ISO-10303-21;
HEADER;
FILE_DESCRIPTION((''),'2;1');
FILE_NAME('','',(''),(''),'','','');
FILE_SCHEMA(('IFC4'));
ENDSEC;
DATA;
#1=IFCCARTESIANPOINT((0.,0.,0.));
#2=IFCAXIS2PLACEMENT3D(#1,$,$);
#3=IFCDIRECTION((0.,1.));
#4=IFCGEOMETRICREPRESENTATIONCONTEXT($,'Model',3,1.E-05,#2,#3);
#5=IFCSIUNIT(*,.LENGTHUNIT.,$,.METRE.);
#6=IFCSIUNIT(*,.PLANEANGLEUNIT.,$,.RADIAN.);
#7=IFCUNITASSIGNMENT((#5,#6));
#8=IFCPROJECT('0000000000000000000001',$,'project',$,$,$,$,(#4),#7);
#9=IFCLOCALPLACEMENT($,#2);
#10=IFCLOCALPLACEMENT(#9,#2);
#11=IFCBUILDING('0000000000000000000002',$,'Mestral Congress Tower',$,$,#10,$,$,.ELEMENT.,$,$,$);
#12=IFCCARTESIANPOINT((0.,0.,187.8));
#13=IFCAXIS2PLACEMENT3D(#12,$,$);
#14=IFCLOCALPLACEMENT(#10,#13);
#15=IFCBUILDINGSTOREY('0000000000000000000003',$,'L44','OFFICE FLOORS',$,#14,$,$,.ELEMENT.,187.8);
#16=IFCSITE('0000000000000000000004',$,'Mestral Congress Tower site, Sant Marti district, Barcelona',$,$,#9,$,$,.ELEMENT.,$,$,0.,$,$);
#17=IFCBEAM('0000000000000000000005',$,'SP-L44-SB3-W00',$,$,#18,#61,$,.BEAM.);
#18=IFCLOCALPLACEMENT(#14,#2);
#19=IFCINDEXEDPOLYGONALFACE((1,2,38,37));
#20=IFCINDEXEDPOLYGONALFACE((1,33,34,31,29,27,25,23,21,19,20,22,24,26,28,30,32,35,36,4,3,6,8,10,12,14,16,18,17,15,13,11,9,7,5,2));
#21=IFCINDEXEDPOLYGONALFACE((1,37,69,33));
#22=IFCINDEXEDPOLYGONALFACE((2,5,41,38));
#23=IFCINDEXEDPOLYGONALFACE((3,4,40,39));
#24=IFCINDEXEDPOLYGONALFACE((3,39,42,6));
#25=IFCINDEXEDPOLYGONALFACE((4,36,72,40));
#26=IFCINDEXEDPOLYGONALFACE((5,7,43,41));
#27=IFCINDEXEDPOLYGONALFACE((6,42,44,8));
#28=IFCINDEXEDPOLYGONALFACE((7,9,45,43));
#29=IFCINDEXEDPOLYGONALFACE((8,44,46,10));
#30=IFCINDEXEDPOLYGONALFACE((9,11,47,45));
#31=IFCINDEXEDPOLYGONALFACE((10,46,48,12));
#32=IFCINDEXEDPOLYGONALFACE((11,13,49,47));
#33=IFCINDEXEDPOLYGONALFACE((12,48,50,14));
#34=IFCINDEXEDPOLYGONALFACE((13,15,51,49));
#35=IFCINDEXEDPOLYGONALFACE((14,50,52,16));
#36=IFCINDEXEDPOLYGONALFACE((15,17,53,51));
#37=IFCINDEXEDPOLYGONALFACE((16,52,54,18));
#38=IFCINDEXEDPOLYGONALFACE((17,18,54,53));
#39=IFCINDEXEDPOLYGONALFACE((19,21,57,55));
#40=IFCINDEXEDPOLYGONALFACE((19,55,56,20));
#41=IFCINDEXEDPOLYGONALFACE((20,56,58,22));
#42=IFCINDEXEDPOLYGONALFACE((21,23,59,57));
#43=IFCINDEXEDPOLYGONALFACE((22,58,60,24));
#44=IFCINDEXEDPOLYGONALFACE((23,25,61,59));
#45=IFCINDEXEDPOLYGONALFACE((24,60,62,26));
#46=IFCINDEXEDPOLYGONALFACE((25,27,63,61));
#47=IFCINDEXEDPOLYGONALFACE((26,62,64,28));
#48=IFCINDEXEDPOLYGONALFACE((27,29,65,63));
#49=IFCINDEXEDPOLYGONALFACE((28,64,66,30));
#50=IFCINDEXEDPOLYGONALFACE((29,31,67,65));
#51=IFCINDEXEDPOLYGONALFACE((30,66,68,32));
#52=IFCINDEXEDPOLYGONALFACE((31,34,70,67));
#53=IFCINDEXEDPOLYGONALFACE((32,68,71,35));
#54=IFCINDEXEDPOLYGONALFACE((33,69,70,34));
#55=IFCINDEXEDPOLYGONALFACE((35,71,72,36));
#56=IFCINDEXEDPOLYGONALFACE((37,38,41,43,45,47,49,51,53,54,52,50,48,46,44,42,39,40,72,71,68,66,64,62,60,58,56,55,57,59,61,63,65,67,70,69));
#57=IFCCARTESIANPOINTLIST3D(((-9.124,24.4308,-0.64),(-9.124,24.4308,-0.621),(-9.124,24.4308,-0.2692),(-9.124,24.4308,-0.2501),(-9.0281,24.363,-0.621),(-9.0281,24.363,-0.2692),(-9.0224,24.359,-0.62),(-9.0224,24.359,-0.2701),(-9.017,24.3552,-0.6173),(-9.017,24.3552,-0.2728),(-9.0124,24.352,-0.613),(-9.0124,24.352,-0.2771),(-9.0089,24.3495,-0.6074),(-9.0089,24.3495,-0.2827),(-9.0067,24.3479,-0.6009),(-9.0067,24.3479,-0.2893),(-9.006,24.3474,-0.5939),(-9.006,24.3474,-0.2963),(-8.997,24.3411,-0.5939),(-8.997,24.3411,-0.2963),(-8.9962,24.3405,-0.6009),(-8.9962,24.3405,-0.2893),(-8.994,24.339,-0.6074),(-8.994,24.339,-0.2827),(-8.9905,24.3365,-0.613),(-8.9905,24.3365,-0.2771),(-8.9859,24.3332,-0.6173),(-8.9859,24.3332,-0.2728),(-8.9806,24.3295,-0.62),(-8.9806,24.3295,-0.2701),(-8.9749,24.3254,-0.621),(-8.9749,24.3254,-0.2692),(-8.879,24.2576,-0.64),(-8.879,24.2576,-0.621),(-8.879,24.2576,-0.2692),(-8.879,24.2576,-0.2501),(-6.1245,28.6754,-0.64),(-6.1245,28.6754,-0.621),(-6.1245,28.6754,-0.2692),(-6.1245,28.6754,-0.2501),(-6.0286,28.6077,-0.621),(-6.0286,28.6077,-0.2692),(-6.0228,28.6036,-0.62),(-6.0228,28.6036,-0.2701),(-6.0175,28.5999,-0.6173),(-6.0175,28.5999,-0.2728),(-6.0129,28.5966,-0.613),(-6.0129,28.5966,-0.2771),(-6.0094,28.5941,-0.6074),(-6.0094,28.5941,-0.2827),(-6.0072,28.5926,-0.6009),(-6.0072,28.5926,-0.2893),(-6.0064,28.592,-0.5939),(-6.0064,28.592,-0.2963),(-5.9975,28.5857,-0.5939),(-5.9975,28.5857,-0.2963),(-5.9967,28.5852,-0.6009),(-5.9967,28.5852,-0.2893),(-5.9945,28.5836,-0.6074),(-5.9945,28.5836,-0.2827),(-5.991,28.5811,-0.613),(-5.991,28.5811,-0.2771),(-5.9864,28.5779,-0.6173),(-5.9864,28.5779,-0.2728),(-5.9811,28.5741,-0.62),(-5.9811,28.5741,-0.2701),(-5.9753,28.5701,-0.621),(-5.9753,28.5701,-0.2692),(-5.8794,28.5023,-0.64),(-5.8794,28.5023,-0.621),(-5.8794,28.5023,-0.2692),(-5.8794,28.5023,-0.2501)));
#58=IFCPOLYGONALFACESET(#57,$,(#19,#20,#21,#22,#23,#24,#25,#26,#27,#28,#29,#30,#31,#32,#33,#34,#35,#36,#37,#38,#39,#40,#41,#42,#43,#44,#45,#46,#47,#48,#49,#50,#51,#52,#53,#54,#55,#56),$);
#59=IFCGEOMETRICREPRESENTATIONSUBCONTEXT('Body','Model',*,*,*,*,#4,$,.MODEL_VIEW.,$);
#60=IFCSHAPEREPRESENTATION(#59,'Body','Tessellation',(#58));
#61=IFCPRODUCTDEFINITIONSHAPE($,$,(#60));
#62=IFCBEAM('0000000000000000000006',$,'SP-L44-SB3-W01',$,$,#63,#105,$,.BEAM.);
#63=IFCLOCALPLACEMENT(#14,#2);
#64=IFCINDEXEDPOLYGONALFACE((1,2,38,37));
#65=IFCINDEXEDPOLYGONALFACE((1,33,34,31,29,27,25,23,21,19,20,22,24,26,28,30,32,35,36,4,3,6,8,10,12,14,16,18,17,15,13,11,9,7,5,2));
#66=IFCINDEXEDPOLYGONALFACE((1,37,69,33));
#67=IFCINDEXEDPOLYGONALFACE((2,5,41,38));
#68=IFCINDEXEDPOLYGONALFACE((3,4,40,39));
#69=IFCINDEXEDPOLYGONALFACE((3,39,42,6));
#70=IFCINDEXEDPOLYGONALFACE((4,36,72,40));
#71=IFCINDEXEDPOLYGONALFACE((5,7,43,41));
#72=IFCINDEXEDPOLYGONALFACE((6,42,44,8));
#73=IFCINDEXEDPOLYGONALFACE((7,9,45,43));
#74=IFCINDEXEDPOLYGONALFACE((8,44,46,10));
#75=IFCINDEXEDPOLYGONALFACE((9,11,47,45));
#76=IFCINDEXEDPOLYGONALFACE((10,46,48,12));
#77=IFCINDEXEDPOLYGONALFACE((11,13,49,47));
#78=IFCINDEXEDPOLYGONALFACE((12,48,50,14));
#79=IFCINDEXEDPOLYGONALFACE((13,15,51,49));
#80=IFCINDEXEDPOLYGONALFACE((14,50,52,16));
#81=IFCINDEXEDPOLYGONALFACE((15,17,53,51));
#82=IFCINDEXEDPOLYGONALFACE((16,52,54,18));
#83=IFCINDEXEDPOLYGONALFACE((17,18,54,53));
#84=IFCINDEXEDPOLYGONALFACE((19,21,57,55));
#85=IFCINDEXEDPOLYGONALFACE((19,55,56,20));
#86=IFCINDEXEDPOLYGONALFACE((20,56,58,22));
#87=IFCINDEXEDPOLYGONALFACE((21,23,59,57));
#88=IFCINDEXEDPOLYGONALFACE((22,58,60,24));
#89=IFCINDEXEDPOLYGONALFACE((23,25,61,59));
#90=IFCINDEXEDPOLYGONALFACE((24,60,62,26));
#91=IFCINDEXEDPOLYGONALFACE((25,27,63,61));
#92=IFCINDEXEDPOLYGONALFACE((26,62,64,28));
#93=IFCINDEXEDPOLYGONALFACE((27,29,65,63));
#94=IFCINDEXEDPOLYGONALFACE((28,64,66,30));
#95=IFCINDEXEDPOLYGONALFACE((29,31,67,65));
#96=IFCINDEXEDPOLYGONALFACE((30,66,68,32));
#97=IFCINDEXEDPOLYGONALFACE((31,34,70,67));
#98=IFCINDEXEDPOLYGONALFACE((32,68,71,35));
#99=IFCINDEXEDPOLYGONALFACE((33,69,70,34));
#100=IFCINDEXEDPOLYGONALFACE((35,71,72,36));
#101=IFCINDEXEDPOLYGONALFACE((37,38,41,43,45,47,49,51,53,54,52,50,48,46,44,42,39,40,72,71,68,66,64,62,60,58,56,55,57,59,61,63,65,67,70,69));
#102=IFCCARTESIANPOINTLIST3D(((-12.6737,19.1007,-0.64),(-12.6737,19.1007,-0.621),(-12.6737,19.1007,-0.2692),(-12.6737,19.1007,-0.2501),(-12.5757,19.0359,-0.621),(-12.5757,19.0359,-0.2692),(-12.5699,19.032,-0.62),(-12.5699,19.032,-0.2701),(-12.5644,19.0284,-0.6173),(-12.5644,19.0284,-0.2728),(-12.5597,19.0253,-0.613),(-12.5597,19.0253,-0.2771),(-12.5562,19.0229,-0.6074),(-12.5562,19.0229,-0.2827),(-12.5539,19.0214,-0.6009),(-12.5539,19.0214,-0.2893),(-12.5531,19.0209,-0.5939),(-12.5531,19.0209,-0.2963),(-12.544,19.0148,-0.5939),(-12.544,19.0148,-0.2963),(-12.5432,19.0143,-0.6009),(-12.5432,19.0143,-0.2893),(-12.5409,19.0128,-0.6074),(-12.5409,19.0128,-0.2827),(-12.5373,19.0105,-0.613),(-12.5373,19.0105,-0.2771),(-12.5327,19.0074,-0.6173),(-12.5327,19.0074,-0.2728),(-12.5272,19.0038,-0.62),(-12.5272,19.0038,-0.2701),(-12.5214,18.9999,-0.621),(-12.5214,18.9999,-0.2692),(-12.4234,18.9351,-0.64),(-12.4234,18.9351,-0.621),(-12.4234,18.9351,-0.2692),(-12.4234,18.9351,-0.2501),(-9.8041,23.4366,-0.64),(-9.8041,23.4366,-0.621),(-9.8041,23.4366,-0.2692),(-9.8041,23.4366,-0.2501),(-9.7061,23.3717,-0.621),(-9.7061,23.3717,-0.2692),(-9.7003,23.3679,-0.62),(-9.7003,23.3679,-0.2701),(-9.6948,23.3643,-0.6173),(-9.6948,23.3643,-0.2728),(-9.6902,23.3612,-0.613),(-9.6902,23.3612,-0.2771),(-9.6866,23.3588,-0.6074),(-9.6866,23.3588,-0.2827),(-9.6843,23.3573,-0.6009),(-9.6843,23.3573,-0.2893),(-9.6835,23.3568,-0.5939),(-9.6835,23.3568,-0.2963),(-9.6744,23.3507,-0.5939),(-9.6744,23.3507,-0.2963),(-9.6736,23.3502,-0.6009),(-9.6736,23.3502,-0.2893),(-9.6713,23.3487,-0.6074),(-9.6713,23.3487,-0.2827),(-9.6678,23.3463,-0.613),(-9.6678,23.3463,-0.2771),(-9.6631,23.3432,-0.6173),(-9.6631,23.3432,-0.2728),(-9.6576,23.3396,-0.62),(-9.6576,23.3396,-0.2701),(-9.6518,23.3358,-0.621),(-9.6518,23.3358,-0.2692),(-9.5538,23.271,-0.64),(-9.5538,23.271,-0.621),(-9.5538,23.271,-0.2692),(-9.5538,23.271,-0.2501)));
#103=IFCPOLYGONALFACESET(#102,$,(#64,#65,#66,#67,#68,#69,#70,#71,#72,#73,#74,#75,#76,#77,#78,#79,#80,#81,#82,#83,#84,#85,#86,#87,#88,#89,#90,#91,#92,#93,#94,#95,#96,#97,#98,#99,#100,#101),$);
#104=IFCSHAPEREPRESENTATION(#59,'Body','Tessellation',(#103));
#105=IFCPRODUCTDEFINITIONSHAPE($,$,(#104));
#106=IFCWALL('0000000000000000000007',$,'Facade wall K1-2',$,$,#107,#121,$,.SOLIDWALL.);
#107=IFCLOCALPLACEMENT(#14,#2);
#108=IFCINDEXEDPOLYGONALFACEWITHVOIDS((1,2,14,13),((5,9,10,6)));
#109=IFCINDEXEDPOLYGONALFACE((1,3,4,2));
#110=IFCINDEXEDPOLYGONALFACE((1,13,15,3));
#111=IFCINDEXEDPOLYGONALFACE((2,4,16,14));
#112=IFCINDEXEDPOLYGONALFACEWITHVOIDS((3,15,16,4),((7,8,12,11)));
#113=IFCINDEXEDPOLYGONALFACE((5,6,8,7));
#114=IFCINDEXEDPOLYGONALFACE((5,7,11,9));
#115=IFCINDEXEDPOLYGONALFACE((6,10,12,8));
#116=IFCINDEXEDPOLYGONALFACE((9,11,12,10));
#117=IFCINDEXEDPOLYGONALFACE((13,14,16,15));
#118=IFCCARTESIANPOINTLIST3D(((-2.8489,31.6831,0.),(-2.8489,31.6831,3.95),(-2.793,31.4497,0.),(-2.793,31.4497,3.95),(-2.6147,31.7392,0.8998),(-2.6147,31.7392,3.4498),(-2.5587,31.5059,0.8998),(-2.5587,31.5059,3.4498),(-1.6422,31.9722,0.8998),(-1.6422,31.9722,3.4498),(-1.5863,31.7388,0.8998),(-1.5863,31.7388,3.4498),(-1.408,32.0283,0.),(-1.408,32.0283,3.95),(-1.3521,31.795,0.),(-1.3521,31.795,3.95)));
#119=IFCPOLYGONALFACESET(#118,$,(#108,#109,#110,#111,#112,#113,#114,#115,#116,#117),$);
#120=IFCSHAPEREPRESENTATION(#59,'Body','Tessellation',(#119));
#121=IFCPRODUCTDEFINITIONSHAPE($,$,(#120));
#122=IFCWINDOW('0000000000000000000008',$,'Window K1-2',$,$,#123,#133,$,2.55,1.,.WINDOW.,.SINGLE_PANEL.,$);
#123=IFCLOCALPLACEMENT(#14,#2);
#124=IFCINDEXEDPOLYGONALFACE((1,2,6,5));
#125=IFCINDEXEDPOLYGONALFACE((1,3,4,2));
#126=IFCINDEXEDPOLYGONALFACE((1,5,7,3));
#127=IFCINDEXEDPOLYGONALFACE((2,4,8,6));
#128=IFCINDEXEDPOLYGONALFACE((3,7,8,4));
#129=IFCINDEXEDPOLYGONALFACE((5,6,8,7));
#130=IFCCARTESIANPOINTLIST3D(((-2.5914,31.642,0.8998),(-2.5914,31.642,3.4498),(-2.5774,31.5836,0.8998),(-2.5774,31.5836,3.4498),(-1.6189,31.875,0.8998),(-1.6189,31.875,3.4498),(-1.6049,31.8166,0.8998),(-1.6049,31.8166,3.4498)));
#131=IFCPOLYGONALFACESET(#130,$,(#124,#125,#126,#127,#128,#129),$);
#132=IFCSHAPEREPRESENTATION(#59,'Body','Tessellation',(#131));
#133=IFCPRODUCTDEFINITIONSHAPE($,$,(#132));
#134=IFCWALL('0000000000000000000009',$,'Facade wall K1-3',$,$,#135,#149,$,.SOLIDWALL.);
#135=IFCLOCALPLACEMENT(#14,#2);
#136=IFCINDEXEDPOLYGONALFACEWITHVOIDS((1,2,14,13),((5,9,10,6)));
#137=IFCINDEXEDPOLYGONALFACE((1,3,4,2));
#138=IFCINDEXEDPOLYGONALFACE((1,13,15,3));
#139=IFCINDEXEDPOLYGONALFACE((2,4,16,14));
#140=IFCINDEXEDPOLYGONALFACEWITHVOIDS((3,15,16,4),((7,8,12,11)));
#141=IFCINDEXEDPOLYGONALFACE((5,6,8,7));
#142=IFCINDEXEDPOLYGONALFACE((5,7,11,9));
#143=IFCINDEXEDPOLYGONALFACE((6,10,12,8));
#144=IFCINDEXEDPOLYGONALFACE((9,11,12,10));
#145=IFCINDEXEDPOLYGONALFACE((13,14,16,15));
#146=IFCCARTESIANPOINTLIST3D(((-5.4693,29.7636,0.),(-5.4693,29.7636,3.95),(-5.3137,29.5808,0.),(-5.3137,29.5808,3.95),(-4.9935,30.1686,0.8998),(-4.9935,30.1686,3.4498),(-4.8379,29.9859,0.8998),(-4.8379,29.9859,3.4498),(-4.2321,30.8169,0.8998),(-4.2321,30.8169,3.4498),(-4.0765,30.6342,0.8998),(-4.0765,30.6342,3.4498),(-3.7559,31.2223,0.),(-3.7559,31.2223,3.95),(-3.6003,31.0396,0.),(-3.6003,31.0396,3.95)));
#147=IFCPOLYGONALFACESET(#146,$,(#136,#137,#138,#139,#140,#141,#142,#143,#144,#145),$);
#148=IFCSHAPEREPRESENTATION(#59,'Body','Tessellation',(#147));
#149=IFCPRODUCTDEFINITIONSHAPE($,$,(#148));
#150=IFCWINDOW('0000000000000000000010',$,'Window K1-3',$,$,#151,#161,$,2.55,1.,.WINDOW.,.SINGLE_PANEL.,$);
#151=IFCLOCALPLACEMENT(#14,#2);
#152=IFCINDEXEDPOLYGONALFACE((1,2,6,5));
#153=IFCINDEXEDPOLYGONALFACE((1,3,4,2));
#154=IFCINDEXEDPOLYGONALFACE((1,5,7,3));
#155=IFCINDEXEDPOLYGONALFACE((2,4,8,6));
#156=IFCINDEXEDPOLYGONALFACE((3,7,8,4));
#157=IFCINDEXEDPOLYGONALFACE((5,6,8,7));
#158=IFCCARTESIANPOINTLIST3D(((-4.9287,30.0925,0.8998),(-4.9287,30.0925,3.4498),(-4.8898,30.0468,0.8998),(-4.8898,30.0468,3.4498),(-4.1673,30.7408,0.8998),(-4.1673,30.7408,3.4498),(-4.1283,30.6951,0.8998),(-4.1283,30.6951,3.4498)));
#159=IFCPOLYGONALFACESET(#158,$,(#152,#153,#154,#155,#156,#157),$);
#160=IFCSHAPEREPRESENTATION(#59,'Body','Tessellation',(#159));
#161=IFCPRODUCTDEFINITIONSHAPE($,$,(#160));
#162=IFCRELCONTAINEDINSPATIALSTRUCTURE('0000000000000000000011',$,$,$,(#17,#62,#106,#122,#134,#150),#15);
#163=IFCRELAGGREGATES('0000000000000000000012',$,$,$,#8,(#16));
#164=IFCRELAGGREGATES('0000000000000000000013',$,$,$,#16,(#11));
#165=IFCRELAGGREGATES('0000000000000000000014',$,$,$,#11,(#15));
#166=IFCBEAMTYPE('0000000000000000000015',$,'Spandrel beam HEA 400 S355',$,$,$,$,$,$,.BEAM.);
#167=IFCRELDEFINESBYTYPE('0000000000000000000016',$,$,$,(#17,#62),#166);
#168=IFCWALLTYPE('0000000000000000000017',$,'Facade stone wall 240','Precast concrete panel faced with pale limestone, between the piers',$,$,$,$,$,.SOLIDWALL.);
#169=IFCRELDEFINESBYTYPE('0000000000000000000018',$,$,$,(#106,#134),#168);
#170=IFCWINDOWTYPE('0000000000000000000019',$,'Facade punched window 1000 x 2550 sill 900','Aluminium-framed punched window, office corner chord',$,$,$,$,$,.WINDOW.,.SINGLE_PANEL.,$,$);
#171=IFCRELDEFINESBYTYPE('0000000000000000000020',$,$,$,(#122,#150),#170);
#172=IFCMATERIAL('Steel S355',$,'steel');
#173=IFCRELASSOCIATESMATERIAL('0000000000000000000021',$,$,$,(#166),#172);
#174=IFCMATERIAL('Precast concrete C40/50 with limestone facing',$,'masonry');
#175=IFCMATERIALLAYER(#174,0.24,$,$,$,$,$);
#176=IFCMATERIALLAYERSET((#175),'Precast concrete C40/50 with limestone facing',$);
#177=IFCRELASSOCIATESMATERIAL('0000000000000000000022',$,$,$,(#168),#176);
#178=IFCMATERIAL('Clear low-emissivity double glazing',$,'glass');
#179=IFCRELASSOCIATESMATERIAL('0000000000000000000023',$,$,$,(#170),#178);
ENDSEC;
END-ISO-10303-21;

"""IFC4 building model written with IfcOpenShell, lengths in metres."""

from ifc_helpers import new_model, si_unit, direction, frame, frame_2d, origin, origin_2d, place, context, subcontext, project, spatial, rectangle, i_section, extrude, material, layer, layer_set, material_profile, profile_set, type_object, element, fill, save


model = new_model("IFC4")

# Units and contexts
model_context = context("Model", 3, precision=1e-05, world=origin(), true_north=direction((0.0, 1.0)))
body_context = subcontext(model_context, "Body", "Model", "MODEL_VIEW")
ifc_project = project(units=[si_unit("LENGTHUNIT", "METRE"), si_unit("PLANEANGLEUNIT", "RADIAN")], contexts=[model_context])

# Site, building, storey
site_placement = place(None, origin())
site = spatial("IfcSite", under=ifc_project, at=site_placement, Name="Mestral Congress Tower site, Sant Marti district, Barcelona", CompositionType="ELEMENT", RefElevation=0.0)
building_placement = place(site_placement, origin())
building = spatial("IfcBuilding", under=site, at=building_placement, Name="Mestral Congress Tower", CompositionType="ELEMENT")
storey_placement = place(building_placement, frame((0.0, 0.0, 187.8)))
storey = spatial("IfcBuildingStorey", under=building, at=storey_placement, Name="L44", Description="OFFICE FLOORS", CompositionType="ELEMENT", Elevation=187.8)

# Beams
ifc_material_1 = material(Name="Steel S355", Category="steel")
ifc_material_profile_1 = material_profile(ifc_material_1, i_section(OverallWidth=0.3, OverallDepth=0.3899, WebThickness=0.011, FlangeThickness=0.019, FilletRadius=0.0271, at=origin_2d()), Name="HEA 400")
ifc_profile_set_1 = profile_set([ifc_material_profile_1], Name="Steel S355")
beam_type_1 = type_object("IfcBeamType", Name="Spandrel beam HEA 400 S355", PredefinedType="BEAM", material=ifc_profile_set_1)
beam_1_placement = place(storey_placement, frame((-6.002, 28.5889, -0.4451), z_axis=(-0.577107, -0.816668, 0.0), x_axis=(0.816668, -0.577107, 0.0)))
element("IfcBeam", 1, at=beam_1_placement, inside=storey, type_object=beam_type_1, Name="SP-L44-SB3-W00", PredefinedType="BEAM", context=body_context, shape_type="SweptSolid", body=[
    extrude(i_section(OverallWidth=0.3, OverallDepth=0.3899, WebThickness=0.011, FlangeThickness=0.019, FilletRadius=0.0271, at=origin_2d()), origin(), (0.0, 0.0, 1.0), 5.1975),
])
beam_2_placement = place(storey_placement, frame((-9.679, 23.3538, -0.4451), z_axis=(-0.551901, -0.833909, 0.0), x_axis=(0.833909, -0.551901, 0.0)))
element("IfcBeam", 2, at=beam_2_placement, inside=storey, type_object=beam_type_1, Name="SP-L44-SB3-W01", PredefinedType="BEAM", context=body_context, shape_type="SweptSolid", body=[
    extrude(i_section(OverallWidth=0.3, OverallDepth=0.3899, WebThickness=0.011, FlangeThickness=0.019, FilletRadius=0.0271, at=origin_2d()), origin(), (0.0, 0.0, 1.0), 5.1995),
])

# Walls, openings, windows
ifc_material_2 = material(Name="Precast concrete C40/50 with limestone facing", Category="masonry")
ifc_layer_1 = layer(ifc_material_2, 0.24)
ifc_layer_set_1 = layer_set([ifc_layer_1], Name="Precast concrete C40/50 with limestone facing")
wall_type_1 = type_object("IfcWallType", Name="Facade stone wall 240", Description="Precast concrete panel faced with pale limestone, between the piers", PredefinedType="SOLIDWALL", material=ifc_layer_set_1)
wall_1_placement = place(storey_placement, frame((-1.3801, 31.9116, 0.0), z_axis=(0.0, 0.0, 1.0), x_axis=(-0.97248, -0.232987, 0.0)))
wall_1 = element("IfcWall", 3, at=wall_1_placement, inside=storey, type_object=wall_type_1, Name="Facade wall K1-2", PredefinedType="SOLIDWALL", context=body_context, shape_type="SweptSolid", body=[
    extrude(rectangle(XDim=1.4817, YDim=0.24, at=frame_2d((0.7407, 0.0))), origin(), (0.0, 0.0, 1.0), 3.95),
])
opening_1_placement = place(wall_1_placement, frame((0.2407, 0.0, 0.8999)))
opening_1 = element("IfcOpeningElement", 4, at=opening_1_placement, cuts=wall_1, PredefinedType="OPENING", context=body_context, shape_type="SweptSolid", body=[
    extrude(rectangle(XDim=1.0, YDim=2.55, at=frame_2d((0.5, 1.2749))), frame((0.0, 0.1299, 0.0), z_axis=(0.0, -1.0, 0.0), x_axis=(1.0, 0.0, 0.0)), (0.0, 0.0, 1.0), 0.26),
])
ifc_material_3 = material(Name="Clear low-emissivity double glazing", Category="glass")
window_type_1 = type_object("IfcWindowType", Name="Facade punched window 1000 x 2550 sill 900", Description="Aluminium-framed punched window, office corner chord", PartitioningType="SINGLE_PANEL", PredefinedType="WINDOW", material=ifc_material_3)
window_1_placement = place(opening_1_placement, origin())
window_1 = element("IfcWindow", 5, at=window_1_placement, inside=storey, type_object=window_type_1, Name="Window K1-2", OverallHeight=2.55, OverallWidth=1.0, PartitioningType="SINGLE_PANEL", PredefinedType="WINDOW", context=body_context, shape_type="SweptSolid", body=[
    extrude(rectangle(XDim=1.0, YDim=2.55, at=frame_2d((0.5, 1.2749))), frame((0.0, 0.04, 0.0), z_axis=(0.0, -1.0, 0.0), x_axis=(1.0, 0.0, 0.0)), (0.0, 0.0, 1.0), 0.0601),
])
fill(opening_1, window_1)
wall_2_placement = place(storey_placement, frame((-3.6782, 31.1309, 0.0), z_axis=(0.0, 0.0, 1.0), x_axis=(-0.76142, -0.648259, 0.0)))
wall_2 = element("IfcWall", 6, at=wall_2_placement, inside=storey, type_object=wall_type_1, Name="Facade wall K1-3", PredefinedType="SOLIDWALL", context=body_context, shape_type="SweptSolid", body=[
    extrude(rectangle(XDim=2.2502, YDim=0.24, at=frame_2d((1.125, 0.0))), origin(), (0.0, 0.0, 1.0), 3.95),
])
opening_2_placement = place(wall_2_placement, frame((0.6252, 0.0, 0.8999)))
opening_2 = element("IfcOpeningElement", 7, at=opening_2_placement, cuts=wall_2, PredefinedType="OPENING", context=body_context, shape_type="SweptSolid", body=[
    extrude(rectangle(XDim=1.0, YDim=2.55, at=frame_2d((0.5, 1.2749))), frame((0.0, 0.1299, 0.0), z_axis=(0.0, -1.0, 0.0), x_axis=(1.0, 0.0, 0.0)), (0.0, 0.0, 1.0), 0.26),
])
window_2_placement = place(opening_2_placement, origin())
window_2 = element("IfcWindow", 8, at=window_2_placement, inside=storey, type_object=window_type_1, Name="Window K1-3", OverallHeight=2.55, OverallWidth=1.0, PartitioningType="SINGLE_PANEL", PredefinedType="WINDOW", context=body_context, shape_type="SweptSolid", body=[
    extrude(rectangle(XDim=1.0, YDim=2.55, at=frame_2d((0.5, 1.2749))), frame((0.0, 0.04, 0.0), z_axis=(0.0, -1.0, 0.0), x_axis=(1.0, 0.0, 0.0)), (0.0, 0.0, 1.0), 0.0601),
])
fill(opening_2, window_2)

save(model, "model.ifc")
